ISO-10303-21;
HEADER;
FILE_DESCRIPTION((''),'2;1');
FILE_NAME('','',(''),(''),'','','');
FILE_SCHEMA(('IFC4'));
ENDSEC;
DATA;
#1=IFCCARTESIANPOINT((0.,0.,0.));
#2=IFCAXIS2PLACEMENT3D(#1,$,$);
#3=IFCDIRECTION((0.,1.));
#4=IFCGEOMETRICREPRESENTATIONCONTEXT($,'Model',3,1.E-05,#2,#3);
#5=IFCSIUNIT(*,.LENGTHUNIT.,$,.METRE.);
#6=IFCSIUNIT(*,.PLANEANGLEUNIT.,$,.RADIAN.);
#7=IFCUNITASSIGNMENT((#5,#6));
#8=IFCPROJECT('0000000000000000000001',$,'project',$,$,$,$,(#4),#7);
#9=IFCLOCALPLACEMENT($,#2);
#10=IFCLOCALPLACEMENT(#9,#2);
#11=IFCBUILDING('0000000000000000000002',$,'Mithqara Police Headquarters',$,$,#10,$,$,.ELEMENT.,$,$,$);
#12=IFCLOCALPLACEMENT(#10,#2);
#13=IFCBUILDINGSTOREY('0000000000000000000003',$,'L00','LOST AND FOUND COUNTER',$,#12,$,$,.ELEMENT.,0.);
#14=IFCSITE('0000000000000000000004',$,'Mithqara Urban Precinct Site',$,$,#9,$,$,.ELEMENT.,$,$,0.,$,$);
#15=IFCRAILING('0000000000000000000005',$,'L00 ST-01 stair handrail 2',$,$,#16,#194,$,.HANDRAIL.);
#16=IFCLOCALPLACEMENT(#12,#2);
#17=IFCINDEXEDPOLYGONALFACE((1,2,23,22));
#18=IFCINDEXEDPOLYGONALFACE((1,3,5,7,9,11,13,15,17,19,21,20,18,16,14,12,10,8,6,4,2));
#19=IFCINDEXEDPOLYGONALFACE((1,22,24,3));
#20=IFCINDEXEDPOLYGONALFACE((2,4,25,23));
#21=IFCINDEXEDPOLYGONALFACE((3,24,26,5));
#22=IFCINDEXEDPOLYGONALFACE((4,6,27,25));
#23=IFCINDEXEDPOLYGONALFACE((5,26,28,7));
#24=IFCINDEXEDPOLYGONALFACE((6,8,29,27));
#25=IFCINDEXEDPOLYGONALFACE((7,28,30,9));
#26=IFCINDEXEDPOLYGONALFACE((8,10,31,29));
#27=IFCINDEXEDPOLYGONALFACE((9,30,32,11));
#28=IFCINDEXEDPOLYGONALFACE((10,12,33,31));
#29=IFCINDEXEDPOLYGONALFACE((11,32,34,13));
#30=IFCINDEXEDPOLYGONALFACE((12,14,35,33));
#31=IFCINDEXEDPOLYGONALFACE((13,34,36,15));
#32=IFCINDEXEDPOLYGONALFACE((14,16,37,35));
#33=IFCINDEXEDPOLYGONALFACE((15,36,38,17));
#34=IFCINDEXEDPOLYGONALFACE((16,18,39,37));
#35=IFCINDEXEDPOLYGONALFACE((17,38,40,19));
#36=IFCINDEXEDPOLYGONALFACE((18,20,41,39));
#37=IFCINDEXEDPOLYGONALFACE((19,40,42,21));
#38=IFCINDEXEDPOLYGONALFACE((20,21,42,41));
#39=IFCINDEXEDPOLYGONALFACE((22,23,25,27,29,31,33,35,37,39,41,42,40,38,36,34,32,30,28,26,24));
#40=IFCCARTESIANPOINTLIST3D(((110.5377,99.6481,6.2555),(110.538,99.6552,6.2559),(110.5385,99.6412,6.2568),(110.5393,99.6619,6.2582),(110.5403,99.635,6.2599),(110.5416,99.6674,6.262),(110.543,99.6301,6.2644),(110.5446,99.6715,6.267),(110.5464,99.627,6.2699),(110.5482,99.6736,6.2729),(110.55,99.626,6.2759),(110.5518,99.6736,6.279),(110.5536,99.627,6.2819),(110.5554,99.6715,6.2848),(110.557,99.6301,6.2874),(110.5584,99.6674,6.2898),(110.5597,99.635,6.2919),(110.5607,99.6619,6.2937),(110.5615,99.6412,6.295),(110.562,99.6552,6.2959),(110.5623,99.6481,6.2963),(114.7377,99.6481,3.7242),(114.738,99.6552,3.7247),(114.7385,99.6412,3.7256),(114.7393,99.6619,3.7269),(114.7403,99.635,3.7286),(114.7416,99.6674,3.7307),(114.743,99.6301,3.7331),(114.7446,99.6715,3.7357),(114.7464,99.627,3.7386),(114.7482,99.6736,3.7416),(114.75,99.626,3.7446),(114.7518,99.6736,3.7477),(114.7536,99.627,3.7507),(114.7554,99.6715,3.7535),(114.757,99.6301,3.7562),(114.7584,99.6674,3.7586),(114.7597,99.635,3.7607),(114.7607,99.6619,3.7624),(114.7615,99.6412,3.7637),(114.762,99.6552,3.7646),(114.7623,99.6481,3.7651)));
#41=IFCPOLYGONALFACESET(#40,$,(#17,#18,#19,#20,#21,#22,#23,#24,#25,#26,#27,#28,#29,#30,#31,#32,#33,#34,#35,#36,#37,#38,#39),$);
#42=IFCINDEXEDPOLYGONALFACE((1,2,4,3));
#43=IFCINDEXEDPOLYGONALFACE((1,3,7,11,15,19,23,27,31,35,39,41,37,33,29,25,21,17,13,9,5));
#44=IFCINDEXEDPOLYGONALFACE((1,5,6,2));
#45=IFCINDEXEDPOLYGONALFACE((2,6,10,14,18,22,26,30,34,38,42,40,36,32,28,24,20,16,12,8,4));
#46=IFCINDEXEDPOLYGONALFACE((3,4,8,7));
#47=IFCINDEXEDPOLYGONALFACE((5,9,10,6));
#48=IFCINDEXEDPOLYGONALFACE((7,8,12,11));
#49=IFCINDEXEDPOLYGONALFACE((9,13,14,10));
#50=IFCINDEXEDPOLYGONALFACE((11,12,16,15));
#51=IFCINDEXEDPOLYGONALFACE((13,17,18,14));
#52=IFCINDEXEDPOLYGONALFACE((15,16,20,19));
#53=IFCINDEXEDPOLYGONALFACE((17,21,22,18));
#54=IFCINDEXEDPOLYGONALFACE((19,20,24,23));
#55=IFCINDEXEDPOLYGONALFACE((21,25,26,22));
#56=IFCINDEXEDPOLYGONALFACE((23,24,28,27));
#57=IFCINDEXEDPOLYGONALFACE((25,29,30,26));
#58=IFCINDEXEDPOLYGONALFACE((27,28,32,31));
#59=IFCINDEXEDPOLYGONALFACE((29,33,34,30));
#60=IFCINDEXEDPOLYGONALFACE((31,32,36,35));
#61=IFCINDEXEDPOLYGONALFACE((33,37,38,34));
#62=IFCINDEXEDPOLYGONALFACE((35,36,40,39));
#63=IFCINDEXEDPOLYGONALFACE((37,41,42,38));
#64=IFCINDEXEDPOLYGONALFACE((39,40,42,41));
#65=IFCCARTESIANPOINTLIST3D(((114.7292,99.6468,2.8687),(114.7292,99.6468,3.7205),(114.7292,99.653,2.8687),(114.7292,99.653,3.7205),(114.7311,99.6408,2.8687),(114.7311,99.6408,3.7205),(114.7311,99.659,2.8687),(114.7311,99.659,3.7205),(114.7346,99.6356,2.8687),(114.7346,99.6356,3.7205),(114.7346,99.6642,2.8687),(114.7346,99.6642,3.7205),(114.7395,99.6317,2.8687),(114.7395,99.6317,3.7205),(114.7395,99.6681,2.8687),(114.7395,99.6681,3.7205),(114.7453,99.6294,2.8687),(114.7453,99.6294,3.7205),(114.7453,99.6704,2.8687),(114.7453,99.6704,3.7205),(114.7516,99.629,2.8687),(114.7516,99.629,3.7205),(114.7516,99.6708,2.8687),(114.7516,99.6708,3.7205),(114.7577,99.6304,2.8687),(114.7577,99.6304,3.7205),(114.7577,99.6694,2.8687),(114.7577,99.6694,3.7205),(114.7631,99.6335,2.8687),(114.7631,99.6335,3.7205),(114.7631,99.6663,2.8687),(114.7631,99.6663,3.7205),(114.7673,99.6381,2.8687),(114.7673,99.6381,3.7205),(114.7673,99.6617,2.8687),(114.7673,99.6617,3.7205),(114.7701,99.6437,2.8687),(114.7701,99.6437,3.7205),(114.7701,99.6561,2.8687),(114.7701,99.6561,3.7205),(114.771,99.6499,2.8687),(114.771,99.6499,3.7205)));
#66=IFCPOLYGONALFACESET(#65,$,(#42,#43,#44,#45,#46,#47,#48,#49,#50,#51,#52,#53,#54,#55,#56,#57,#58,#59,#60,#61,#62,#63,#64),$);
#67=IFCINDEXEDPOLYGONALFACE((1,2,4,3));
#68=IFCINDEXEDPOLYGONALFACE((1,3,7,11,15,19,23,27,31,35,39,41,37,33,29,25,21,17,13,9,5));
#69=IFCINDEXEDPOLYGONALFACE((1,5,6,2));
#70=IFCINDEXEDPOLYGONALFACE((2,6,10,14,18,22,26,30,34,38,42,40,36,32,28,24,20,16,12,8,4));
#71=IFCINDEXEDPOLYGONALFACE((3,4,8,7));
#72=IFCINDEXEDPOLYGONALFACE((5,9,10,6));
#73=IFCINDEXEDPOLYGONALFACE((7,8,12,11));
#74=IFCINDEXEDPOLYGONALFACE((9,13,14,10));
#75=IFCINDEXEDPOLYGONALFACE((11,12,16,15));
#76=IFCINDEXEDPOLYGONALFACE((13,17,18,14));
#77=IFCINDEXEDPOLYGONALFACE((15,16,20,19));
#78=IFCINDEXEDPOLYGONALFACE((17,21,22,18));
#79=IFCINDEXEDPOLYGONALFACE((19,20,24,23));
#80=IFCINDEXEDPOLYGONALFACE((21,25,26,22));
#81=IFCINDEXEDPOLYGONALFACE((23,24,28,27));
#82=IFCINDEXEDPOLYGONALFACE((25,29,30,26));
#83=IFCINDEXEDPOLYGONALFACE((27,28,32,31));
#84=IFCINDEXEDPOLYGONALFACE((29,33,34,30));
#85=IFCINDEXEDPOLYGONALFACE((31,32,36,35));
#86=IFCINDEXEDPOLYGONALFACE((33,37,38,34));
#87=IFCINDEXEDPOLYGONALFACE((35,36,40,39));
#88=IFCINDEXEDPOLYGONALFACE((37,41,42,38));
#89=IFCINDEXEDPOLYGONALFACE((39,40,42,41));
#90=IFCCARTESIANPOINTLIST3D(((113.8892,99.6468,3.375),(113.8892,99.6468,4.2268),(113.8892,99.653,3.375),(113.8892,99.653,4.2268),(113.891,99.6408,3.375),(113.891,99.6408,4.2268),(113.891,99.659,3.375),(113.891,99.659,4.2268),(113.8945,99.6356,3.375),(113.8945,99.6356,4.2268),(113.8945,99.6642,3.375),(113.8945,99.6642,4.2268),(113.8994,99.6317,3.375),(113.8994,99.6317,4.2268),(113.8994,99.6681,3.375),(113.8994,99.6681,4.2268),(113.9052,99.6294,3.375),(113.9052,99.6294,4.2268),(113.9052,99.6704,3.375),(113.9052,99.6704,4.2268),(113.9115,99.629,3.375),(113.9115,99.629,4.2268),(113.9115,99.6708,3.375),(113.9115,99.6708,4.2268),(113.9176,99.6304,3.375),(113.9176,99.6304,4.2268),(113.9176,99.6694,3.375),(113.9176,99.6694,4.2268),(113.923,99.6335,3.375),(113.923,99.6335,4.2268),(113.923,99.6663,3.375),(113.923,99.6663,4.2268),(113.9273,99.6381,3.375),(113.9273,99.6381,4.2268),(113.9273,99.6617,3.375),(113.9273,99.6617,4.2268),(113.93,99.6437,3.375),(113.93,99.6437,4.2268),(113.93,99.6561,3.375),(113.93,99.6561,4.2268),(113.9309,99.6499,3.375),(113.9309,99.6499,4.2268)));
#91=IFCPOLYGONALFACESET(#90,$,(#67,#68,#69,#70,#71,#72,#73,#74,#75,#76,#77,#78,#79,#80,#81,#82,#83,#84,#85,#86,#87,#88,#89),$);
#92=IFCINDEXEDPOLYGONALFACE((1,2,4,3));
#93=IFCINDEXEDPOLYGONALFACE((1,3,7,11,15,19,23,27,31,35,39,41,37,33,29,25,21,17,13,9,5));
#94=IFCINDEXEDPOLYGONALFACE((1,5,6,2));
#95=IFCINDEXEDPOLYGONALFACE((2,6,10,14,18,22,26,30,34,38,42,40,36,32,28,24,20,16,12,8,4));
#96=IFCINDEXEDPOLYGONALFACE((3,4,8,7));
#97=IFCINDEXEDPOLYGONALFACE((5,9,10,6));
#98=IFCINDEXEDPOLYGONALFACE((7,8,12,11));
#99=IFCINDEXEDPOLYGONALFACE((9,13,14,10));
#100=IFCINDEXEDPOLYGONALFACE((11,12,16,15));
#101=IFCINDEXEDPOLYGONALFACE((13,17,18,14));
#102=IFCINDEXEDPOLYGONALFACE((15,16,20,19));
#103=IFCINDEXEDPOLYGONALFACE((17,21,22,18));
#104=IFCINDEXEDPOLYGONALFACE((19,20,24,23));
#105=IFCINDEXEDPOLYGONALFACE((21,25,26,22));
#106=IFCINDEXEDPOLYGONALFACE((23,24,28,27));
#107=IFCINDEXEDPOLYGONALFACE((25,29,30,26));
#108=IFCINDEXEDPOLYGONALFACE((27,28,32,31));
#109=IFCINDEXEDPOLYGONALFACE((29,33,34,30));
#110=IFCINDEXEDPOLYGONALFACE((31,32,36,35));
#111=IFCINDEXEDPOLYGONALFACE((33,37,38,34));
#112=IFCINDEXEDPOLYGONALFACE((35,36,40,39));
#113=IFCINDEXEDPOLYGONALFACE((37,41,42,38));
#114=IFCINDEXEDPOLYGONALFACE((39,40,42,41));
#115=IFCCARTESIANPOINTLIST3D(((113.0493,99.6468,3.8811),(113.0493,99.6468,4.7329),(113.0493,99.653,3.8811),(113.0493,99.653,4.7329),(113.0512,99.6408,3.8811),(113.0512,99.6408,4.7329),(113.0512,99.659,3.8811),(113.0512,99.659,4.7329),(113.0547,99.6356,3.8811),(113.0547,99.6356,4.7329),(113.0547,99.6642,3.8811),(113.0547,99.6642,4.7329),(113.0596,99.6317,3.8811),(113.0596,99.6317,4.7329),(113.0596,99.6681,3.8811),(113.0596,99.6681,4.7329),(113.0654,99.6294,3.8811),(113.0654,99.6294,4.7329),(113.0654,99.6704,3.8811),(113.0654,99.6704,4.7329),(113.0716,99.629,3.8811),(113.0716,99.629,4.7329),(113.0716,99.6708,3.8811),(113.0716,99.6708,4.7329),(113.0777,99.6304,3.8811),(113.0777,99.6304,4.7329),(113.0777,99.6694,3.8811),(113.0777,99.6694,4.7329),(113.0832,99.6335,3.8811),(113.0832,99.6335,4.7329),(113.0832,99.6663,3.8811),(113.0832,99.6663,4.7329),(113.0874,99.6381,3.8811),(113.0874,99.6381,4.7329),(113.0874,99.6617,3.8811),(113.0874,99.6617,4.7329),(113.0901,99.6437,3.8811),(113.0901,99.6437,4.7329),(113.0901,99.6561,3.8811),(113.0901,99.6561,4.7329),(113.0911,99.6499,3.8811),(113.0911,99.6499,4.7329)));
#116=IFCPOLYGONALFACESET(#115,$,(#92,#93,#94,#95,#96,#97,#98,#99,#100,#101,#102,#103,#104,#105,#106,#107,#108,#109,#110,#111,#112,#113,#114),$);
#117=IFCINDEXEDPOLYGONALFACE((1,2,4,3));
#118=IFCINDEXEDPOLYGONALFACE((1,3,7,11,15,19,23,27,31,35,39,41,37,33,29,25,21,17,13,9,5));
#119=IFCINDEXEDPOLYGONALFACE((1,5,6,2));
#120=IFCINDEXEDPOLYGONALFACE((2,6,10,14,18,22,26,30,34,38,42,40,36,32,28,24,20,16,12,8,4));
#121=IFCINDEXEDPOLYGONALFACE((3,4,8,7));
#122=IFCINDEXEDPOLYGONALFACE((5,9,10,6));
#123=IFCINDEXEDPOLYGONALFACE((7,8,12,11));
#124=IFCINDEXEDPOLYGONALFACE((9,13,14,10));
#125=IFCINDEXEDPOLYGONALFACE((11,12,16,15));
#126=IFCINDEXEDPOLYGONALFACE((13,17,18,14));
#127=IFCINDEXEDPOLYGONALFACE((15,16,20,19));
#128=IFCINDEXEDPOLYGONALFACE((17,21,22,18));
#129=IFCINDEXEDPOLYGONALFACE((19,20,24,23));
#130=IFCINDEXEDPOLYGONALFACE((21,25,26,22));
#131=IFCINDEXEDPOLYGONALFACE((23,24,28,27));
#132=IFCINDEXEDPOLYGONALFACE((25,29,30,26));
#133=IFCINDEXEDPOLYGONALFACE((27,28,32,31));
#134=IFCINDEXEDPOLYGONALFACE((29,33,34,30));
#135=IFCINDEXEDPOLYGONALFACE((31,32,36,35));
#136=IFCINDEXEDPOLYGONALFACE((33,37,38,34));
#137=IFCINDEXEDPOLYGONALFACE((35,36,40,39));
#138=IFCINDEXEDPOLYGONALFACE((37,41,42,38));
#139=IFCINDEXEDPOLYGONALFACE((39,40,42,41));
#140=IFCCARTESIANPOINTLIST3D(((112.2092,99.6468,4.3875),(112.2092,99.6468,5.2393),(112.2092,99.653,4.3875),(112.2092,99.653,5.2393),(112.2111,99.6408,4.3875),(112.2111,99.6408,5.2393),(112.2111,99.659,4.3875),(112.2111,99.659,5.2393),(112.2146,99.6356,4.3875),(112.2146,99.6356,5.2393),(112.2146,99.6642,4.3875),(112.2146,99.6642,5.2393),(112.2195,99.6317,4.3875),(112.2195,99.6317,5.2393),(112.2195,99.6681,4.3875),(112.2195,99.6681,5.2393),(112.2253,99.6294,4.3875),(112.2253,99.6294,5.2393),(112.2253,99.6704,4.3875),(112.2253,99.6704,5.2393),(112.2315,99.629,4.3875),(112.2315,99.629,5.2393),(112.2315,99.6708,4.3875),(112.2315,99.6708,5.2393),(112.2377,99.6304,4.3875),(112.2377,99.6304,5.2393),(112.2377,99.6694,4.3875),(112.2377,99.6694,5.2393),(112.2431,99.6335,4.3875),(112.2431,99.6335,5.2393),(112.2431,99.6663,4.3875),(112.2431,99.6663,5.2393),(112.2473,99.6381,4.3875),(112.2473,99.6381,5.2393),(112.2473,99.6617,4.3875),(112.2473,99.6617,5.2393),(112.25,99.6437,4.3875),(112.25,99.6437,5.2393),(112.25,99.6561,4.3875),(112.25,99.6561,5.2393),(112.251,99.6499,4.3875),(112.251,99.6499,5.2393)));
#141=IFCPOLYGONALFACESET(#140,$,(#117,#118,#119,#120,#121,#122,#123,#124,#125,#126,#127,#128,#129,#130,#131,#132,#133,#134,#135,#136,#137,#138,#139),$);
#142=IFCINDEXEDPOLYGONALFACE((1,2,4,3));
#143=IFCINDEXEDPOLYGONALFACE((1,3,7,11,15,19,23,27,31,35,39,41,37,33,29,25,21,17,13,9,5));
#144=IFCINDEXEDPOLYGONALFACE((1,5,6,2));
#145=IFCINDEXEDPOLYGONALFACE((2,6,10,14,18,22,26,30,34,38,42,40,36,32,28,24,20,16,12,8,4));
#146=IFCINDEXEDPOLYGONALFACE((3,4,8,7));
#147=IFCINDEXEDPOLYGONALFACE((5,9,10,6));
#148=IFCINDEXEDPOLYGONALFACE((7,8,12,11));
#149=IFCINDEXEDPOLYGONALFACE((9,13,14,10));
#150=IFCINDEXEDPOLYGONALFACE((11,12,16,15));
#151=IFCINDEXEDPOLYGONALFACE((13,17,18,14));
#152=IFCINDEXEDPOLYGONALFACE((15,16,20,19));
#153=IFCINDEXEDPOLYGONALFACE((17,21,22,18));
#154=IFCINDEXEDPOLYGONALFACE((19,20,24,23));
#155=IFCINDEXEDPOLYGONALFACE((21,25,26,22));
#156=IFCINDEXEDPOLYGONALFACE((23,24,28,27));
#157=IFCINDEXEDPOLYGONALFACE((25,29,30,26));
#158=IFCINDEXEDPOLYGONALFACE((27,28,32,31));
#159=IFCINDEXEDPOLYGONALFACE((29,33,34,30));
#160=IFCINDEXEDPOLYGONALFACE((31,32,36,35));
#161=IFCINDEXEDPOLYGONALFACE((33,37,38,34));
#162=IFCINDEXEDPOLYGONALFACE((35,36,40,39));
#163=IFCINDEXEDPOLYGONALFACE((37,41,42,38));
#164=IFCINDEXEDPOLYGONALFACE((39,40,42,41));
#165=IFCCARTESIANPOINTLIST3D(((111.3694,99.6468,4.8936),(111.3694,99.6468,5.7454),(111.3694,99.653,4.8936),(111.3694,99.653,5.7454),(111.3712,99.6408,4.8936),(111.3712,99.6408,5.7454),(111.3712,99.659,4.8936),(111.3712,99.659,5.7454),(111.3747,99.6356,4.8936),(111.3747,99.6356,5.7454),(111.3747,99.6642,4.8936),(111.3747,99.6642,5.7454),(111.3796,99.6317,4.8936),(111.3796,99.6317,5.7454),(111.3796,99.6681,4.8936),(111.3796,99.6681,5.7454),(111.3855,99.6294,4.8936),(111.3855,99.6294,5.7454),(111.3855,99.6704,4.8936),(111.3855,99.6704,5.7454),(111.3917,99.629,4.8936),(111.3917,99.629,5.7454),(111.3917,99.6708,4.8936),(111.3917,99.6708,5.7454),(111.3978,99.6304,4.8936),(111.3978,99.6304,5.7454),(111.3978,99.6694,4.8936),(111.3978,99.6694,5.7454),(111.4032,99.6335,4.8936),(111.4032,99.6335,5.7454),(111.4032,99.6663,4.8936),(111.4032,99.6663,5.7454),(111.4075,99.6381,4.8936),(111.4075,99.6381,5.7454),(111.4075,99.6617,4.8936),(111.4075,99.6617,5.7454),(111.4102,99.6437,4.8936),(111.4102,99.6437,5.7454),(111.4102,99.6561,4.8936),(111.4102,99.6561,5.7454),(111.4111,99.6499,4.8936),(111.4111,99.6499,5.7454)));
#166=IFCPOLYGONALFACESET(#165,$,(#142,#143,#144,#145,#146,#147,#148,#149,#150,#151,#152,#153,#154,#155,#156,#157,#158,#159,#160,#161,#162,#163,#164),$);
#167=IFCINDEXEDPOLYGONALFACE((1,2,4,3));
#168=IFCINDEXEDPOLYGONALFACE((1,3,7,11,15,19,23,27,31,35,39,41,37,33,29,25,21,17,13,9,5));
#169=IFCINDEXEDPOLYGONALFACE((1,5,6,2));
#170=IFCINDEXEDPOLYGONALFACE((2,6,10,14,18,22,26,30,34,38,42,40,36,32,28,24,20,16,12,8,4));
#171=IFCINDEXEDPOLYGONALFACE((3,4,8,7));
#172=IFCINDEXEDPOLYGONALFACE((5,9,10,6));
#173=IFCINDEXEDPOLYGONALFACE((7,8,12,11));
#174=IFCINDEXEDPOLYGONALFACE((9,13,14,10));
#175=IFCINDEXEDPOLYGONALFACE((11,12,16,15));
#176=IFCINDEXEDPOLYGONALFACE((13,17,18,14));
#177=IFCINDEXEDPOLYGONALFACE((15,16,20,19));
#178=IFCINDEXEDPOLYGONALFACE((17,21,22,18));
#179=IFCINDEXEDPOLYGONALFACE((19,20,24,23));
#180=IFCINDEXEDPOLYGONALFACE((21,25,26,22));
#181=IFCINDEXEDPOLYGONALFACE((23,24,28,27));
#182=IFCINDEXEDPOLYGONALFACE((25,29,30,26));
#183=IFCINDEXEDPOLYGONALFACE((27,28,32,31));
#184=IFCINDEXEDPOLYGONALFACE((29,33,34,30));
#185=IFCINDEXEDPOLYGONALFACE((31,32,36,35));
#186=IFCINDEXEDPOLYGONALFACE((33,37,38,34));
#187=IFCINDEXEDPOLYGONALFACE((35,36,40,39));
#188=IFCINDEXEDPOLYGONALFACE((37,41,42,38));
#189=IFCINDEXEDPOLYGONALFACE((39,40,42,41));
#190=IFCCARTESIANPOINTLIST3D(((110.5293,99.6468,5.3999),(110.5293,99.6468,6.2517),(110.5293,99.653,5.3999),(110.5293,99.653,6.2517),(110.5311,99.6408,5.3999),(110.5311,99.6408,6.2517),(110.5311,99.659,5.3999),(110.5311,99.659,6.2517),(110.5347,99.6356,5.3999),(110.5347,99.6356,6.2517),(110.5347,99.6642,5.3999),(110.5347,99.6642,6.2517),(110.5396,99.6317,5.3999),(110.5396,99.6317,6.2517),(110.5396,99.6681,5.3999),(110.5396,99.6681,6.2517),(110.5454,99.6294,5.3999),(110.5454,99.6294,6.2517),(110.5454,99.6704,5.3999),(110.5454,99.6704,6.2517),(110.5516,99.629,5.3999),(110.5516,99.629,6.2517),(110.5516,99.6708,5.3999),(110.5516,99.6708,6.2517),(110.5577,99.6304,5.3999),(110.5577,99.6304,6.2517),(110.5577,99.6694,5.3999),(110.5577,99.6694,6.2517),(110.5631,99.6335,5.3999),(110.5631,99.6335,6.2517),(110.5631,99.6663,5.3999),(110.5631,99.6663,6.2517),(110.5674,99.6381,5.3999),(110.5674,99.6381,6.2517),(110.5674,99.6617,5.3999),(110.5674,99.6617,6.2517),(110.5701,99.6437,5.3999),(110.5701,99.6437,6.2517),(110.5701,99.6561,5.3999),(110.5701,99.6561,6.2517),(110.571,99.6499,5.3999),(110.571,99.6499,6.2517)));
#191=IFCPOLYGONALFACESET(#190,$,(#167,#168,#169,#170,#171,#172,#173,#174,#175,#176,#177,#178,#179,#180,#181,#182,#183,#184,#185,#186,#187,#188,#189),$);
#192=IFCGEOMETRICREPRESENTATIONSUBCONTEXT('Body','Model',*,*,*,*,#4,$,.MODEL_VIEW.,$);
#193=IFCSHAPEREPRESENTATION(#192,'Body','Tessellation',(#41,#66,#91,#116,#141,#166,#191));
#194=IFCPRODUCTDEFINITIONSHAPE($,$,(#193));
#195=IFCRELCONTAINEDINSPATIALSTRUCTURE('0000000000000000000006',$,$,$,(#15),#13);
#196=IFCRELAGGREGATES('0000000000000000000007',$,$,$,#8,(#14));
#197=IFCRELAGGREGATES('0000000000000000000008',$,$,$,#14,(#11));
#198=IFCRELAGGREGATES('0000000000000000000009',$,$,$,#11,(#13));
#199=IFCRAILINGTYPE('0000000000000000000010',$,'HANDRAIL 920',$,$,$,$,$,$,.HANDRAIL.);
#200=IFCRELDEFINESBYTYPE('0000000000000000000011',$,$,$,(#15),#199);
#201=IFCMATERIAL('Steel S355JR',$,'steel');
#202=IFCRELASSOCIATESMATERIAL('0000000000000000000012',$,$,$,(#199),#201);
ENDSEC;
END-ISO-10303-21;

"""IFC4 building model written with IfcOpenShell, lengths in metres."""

from ifc_helpers import new_model, si_unit, direction, frame, origin, origin_2d, place, context, subcontext, project, spatial, circle, extrude, material, type_object, element, save


model = new_model("IFC4")

# Units and contexts
model_context = context("Model", 3, precision=1e-05, world=origin(), true_north=direction((0.0, 1.0)))
body_context = subcontext(model_context, "Body", "Model", "MODEL_VIEW")
ifc_project = project(units=[si_unit("LENGTHUNIT", "METRE"), si_unit("PLANEANGLEUNIT", "RADIAN")], contexts=[model_context])

# Site, building, storey
site_placement = place(None, origin())
site = spatial("IfcSite", under=ifc_project, at=site_placement, Name="Mithqara Urban Precinct Site", CompositionType="ELEMENT", RefElevation=0.0)
building_placement = place(site_placement, origin())
building = spatial("IfcBuilding", under=site, at=building_placement, Name="Mithqara Police Headquarters", CompositionType="ELEMENT")
storey_placement = place(building_placement, origin())
storey = spatial("IfcBuildingStorey", under=building, at=storey_placement, Name="L00", Description="LOST AND FOUND COUNTER", CompositionType="ELEMENT", Elevation=0.0)

# Shared definitions
ifc_material_1 = material(Name="Steel S355JR", Category="steel")

# Railing
railing_type_1 = type_object("IfcRailingType", Name="HANDRAIL 920", PredefinedType="HANDRAIL", material=ifc_material_1)
railing_1_placement = place(storey_placement, frame((114.75, 99.6499, 2.8687)))
element("IfcRailing", 1, at=railing_1_placement, inside=storey, type_object=railing_type_1, Name="L00 ST-01 stair handrail 2", PredefinedType="HANDRAIL", context=body_context, shape_type="SweptSolid", body=[
    extrude(circle(Radius=0.0239, at=origin_2d()), frame((0.0, 0.0, 0.876), z_axis=(-0.856476, 0.0, 0.516186), x_axis=(0.0, -1.0, 0.0)), (0.0, 0.0, 1.0), 4.9038),
    extrude(circle(Radius=0.021, at=origin_2d()), origin(), (0.0, 0.0, 1.0), 0.8518),
    extrude(circle(Radius=0.021, at=origin_2d()), frame((-0.8401, 0.0, 0.5063)), (0.0, 0.0, 1.0), 0.8518),
    extrude(circle(Radius=0.021, at=origin_2d()), frame((-1.6799, 0.0, 1.0125)), (0.0, 0.0, 1.0), 0.8518),
    extrude(circle(Radius=0.021, at=origin_2d()), frame((-2.52, 0.0, 1.5188)), (0.0, 0.0, 1.0), 0.8518),
    extrude(circle(Radius=0.021, at=origin_2d()), frame((-3.3599, 0.0, 2.0249)), (0.0, 0.0, 1.0), 0.8518),
    extrude(circle(Radius=0.021, at=origin_2d()), frame((-4.2, 0.0, 2.5312)), (0.0, 0.0, 1.0), 0.8518),
])

save(model, "model.ifc")
